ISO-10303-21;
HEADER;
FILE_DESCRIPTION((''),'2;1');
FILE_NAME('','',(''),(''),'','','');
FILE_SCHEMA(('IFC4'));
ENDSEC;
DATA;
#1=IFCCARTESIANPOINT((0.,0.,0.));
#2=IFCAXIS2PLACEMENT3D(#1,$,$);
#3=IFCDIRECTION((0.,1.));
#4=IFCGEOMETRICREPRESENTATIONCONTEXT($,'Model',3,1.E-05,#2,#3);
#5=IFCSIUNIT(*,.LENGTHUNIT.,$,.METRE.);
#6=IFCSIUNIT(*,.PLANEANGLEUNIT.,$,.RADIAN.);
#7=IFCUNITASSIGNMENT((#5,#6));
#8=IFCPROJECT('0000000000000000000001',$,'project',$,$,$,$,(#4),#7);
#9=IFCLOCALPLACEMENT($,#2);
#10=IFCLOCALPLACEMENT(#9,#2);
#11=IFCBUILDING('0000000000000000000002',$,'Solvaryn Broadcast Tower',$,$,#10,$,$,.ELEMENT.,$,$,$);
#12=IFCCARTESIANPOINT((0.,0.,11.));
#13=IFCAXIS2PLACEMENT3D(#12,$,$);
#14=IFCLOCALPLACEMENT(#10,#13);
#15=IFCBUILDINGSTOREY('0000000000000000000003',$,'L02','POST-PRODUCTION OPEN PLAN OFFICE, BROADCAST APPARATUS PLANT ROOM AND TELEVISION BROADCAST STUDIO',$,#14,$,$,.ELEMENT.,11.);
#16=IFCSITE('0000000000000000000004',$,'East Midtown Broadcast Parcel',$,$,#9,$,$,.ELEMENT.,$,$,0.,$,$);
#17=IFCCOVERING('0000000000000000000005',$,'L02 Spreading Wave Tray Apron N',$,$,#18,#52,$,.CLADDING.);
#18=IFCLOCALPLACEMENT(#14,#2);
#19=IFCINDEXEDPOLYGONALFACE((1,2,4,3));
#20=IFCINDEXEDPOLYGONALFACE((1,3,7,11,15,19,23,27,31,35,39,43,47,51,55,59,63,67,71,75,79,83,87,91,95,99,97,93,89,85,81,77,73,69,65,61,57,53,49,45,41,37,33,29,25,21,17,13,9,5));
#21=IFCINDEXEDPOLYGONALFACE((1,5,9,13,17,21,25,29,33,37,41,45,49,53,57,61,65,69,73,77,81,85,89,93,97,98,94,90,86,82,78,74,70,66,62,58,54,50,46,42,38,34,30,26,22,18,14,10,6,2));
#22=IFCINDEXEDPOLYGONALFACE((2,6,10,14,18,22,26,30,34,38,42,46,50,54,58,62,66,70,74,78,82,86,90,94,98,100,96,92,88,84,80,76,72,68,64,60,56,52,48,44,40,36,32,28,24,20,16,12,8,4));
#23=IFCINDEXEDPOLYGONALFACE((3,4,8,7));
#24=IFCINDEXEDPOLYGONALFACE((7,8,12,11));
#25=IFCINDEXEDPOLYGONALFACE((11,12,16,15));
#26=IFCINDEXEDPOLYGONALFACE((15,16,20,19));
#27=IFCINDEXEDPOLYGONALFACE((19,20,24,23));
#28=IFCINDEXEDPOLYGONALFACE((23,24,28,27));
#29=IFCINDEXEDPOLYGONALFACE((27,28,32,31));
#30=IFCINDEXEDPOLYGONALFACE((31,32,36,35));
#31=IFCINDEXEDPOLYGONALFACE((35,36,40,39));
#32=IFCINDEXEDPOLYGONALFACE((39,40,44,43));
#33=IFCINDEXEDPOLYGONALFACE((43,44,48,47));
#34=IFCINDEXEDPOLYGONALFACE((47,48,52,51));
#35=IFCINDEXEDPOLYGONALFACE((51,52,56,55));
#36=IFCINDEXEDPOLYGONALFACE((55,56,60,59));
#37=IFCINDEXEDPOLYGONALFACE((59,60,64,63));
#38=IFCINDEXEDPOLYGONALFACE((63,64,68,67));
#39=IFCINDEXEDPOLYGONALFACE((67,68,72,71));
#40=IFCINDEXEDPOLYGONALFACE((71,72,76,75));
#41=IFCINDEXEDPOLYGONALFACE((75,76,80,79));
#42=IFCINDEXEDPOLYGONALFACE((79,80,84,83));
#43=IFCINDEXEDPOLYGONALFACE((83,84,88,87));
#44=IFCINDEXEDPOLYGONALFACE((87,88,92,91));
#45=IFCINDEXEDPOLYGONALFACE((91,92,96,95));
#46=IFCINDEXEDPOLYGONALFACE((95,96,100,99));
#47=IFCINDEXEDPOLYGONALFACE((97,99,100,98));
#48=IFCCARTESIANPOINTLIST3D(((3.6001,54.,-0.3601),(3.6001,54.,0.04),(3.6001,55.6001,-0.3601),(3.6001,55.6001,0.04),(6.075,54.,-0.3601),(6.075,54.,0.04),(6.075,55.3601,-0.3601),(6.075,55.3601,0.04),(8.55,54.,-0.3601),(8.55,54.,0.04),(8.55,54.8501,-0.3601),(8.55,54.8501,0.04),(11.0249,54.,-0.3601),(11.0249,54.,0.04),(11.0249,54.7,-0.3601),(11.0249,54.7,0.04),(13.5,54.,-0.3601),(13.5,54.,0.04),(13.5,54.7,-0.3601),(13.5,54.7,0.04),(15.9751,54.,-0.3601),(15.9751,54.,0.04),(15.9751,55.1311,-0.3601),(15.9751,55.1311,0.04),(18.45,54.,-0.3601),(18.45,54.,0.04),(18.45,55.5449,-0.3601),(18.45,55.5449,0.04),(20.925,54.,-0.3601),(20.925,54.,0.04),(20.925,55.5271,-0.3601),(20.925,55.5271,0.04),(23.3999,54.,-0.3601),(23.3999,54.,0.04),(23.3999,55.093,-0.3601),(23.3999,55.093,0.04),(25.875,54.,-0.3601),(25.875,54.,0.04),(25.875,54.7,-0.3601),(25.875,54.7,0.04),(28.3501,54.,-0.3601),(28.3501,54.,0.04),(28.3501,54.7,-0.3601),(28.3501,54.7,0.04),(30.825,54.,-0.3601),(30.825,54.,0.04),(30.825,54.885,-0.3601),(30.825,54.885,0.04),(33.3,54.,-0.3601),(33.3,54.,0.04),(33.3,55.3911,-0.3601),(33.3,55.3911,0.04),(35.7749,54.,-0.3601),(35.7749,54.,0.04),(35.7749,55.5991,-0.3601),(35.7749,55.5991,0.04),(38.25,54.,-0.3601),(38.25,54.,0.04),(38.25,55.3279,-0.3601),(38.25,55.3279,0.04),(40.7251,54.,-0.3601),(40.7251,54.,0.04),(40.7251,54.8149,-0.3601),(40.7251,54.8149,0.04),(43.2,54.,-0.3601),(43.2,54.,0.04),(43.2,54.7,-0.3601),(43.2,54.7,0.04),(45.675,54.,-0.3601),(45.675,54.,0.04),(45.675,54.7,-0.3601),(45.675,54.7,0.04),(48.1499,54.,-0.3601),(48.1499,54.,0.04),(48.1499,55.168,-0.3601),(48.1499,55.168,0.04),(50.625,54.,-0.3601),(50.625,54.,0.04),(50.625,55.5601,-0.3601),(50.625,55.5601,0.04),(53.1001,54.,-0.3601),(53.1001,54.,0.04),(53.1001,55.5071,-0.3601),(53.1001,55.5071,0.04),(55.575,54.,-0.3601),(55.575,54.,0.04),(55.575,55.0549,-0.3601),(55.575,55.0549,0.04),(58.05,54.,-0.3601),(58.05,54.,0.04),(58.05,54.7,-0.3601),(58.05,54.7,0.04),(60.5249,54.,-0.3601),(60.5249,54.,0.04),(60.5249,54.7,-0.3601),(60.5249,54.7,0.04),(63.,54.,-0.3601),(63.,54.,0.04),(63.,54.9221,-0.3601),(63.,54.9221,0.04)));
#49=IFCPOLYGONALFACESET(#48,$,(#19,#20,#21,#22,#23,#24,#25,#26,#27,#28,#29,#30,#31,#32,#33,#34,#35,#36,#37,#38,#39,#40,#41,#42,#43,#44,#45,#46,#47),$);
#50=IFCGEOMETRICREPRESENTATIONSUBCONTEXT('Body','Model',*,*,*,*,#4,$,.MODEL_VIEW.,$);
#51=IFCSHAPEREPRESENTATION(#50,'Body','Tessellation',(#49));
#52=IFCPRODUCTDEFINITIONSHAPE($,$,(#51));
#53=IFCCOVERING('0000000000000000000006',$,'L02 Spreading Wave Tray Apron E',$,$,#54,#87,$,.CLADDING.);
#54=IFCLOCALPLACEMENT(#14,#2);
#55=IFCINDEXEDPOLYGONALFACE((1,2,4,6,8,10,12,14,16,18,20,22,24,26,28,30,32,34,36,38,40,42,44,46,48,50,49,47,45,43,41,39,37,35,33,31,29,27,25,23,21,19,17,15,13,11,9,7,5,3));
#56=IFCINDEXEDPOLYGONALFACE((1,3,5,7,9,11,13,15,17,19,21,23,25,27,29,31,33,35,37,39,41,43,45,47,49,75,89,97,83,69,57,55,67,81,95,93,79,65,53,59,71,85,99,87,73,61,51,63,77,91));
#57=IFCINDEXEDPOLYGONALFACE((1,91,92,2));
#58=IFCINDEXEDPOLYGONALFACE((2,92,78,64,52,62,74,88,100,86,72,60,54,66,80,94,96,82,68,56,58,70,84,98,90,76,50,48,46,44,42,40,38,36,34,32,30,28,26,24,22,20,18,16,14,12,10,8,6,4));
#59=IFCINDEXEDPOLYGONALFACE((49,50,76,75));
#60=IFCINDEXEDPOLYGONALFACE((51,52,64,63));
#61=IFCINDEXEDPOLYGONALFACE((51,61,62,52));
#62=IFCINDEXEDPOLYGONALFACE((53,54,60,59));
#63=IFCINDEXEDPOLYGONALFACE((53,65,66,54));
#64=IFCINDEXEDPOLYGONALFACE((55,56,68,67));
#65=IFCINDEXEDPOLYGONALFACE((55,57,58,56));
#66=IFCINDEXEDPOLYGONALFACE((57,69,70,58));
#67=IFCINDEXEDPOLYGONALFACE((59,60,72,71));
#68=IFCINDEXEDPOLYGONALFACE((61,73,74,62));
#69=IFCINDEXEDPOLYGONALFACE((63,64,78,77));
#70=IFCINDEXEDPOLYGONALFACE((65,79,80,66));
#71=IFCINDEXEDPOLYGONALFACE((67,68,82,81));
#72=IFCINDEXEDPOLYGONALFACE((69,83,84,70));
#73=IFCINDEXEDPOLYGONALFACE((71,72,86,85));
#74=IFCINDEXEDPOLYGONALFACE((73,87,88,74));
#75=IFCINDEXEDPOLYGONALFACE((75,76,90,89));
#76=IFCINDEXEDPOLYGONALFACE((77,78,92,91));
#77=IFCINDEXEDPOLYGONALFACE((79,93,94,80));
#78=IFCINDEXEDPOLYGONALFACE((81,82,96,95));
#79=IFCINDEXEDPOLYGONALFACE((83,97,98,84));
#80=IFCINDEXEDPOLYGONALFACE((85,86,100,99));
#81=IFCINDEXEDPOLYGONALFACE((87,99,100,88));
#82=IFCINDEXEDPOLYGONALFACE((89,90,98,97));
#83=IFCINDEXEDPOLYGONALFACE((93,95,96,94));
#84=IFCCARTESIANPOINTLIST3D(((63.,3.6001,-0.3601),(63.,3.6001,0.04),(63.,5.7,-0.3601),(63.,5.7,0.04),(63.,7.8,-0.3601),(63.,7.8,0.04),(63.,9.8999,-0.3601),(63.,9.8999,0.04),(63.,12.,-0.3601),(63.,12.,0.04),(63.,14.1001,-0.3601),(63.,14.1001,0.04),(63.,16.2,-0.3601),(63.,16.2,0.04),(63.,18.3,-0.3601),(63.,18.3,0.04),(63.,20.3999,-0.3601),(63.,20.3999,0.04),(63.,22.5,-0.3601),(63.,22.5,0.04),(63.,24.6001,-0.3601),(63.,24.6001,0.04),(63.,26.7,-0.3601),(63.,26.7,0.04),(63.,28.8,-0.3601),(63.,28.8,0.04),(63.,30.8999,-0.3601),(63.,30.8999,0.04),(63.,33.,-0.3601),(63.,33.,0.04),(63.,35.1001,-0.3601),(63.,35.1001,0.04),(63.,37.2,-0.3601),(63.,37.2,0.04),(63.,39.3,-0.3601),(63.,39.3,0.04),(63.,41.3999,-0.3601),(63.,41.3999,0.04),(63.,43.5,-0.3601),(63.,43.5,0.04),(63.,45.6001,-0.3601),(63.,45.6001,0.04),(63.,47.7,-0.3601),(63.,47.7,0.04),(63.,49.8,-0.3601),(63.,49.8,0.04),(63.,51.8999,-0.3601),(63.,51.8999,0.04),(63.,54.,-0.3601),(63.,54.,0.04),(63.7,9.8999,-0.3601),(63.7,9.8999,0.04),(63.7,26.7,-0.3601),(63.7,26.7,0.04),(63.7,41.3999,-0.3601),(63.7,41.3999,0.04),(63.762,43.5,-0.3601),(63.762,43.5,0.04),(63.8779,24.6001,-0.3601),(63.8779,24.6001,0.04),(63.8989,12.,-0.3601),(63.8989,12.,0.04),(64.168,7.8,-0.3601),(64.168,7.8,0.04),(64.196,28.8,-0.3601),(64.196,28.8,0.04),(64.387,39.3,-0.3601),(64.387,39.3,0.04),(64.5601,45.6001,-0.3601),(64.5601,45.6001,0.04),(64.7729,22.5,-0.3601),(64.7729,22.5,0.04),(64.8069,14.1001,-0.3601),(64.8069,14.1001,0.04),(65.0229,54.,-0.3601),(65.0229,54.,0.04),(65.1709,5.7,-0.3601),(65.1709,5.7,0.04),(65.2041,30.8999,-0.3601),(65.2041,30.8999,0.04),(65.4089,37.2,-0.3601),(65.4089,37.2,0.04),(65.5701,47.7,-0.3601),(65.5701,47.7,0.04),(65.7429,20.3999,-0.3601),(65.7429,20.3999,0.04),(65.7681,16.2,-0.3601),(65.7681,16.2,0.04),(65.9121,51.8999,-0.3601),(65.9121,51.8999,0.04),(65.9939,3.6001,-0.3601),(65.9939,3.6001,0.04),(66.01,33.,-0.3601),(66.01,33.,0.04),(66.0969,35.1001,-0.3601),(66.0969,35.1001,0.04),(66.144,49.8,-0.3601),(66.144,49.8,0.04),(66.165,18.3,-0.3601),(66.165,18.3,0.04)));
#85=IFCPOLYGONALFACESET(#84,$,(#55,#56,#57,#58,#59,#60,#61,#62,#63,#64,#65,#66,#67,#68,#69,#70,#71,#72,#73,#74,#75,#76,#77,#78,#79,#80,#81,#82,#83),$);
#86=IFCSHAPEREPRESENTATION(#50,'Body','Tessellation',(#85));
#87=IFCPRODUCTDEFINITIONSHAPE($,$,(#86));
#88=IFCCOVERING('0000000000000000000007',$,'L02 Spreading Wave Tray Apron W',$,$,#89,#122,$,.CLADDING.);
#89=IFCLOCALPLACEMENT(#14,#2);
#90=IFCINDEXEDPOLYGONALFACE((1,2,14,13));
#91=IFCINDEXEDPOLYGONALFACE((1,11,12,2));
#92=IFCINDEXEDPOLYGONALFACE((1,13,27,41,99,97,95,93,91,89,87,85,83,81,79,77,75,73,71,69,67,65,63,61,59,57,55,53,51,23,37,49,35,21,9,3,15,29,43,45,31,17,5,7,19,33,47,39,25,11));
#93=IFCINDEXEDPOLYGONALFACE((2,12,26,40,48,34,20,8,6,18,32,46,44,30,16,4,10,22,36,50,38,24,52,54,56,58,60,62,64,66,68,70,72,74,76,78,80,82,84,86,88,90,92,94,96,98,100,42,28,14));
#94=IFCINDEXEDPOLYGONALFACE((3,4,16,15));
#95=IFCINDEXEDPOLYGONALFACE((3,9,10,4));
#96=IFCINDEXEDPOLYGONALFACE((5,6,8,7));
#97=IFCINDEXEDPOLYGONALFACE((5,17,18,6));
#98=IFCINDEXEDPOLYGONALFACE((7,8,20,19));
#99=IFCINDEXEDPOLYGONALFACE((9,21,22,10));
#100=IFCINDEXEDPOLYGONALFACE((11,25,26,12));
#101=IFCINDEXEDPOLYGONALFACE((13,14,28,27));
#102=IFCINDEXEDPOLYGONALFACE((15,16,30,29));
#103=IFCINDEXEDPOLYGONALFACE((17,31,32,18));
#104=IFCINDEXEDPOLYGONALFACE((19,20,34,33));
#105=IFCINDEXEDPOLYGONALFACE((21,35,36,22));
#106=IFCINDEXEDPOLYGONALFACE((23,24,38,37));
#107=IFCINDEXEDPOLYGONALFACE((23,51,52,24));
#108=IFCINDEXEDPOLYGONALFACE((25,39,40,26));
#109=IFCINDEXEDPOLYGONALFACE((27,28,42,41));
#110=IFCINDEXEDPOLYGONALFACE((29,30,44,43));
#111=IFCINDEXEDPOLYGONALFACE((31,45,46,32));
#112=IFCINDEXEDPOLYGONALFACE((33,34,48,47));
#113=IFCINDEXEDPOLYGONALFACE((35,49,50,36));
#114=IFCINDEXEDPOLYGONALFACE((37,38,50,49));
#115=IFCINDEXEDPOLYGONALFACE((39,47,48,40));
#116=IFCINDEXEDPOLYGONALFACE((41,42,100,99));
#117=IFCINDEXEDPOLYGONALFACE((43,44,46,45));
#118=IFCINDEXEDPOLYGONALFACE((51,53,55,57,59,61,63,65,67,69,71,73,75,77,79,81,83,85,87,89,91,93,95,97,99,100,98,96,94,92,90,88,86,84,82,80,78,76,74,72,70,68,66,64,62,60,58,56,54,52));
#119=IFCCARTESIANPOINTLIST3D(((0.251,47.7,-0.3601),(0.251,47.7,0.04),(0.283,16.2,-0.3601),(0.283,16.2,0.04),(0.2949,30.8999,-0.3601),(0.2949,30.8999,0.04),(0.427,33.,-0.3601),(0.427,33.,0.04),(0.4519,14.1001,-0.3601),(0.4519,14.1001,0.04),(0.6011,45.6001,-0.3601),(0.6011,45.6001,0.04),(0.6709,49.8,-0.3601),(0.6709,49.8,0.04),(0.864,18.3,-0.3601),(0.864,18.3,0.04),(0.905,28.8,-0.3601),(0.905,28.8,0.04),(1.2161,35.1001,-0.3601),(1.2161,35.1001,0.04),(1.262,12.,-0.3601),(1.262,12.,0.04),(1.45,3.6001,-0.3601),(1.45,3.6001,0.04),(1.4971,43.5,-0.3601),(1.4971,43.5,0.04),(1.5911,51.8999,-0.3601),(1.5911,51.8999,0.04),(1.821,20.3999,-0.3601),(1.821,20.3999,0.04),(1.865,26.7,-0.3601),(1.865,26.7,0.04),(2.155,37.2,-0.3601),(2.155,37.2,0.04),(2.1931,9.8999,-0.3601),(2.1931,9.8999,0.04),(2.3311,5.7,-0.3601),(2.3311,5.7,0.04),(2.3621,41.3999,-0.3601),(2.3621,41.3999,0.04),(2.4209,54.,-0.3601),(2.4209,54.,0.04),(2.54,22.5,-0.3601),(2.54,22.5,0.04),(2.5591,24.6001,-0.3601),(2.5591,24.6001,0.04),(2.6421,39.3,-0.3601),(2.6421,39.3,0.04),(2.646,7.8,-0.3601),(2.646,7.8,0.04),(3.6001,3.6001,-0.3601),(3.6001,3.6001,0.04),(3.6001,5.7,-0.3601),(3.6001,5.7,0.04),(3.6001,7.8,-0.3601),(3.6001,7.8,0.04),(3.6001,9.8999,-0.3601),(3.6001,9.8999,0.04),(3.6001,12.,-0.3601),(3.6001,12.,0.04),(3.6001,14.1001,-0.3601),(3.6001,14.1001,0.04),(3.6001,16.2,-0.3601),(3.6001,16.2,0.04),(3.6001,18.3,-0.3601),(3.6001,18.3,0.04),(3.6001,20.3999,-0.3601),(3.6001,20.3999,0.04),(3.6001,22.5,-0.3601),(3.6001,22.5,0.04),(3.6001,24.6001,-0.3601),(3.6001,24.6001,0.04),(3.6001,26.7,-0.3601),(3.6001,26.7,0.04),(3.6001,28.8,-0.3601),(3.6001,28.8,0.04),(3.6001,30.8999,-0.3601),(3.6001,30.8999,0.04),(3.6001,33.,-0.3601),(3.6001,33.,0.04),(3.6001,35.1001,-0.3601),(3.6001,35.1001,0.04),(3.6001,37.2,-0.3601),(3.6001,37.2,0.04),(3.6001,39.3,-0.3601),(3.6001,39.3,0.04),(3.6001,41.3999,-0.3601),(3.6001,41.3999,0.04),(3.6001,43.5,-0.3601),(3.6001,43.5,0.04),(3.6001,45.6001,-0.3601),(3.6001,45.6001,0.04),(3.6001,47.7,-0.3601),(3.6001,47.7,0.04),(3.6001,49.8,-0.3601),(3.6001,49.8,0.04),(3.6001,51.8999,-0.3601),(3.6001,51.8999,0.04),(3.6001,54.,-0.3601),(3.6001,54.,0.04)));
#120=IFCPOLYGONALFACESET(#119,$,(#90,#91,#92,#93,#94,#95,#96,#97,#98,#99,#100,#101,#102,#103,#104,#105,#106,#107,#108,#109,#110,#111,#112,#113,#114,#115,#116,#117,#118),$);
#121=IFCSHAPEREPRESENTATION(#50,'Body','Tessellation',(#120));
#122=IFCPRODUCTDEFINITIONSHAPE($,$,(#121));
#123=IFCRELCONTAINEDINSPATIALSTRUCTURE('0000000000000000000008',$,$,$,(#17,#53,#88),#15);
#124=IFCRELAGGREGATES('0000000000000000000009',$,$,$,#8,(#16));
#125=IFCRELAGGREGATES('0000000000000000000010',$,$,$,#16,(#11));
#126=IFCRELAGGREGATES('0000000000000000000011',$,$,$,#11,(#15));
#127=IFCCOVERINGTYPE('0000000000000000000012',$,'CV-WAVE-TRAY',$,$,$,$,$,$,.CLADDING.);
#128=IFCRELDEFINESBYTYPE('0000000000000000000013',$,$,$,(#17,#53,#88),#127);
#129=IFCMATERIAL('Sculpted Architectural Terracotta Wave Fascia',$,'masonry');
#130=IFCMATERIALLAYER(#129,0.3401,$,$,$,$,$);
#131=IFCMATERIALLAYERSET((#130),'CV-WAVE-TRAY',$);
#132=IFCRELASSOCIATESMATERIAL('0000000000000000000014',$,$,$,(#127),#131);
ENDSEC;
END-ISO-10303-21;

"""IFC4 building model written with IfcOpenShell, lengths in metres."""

from ifc_helpers import new_model, si_unit, direction, frame, origin, place, context, subcontext, project, spatial, polyline, outline, extrude, material, layer, layer_set, type_object, element, save


model = new_model("IFC4")

# Units and contexts
model_context = context("Model", 3, precision=1e-05, world=origin(), true_north=direction((0.0, 1.0)))
body_context = subcontext(model_context, "Body", "Model", "MODEL_VIEW")
ifc_project = project(units=[si_unit("LENGTHUNIT", "METRE"), si_unit("PLANEANGLEUNIT", "RADIAN")], contexts=[model_context])

# Site, building, storey
site_placement = place(None, origin())
site = spatial("IfcSite", under=ifc_project, at=site_placement, Name="East Midtown Broadcast Parcel", CompositionType="ELEMENT", RefElevation=0.0)
building_placement = place(site_placement, origin())
building = spatial("IfcBuilding", under=site, at=building_placement, Name="Solvaryn Broadcast Tower", CompositionType="ELEMENT")
storey_placement = place(building_placement, frame((0.0, 0.0, 11.0)))
storey = spatial("IfcBuildingStorey", under=building, at=storey_placement, Name="L02", Description="POST-PRODUCTION OPEN PLAN OFFICE, BROADCAST APPARATUS PLANT ROOM AND TELEVISION BROADCAST STUDIO", CompositionType="ELEMENT", Elevation=11.0)

# Coverings
ifc_material_1 = material(Name="Sculpted Architectural Terracotta Wave Fascia", Category="masonry")
ifc_layer_1 = layer(ifc_material_1, 0.3401)
ifc_layer_set_1 = layer_set([ifc_layer_1], Name="CV-WAVE-TRAY")
covering_type_1 = type_object("IfcCoveringType", Name="CV-WAVE-TRAY", PredefinedType="CLADDING", material=ifc_layer_set_1)
covering_1_placement = place(storey_placement, frame((0.0, 0.0, -0.3601)))
element("IfcCovering", 1, at=covering_1_placement, inside=storey, type_object=covering_type_1, Name="L02 Spreading Wave Tray Apron N", PredefinedType="CLADDING", context=body_context, shape_type="SweptSolid", body=[
    extrude(outline(polyline([(3.6001, 54.0), (6.075, 54.0), (8.55, 54.0), (11.0249, 54.0), (13.5, 54.0), (15.9751, 54.0), (18.45, 54.0), (20.925, 54.0), (23.3999, 54.0), (25.875, 54.0), (28.3501, 54.0), (30.825, 54.0), (33.3, 54.0), (35.7749, 54.0), (38.25, 54.0), (40.7251, 54.0), (43.2, 54.0), (45.675, 54.0), (48.1499, 54.0), (50.625, 54.0), (53.1001, 54.0), (55.575, 54.0), (58.05, 54.0), (60.5249, 54.0), (63.0, 54.0), (63.0, 54.9221), (60.5249, 54.7), (58.05, 54.7), (55.575, 55.0549), (53.1001, 55.5071), (50.625, 55.5601), (48.1499, 55.168), (45.675, 54.7), (43.2, 54.7), (40.7251, 54.8149), (38.25, 55.3279), (35.7749, 55.5991), (33.3, 55.3911), (30.825, 54.885), (28.3501, 54.7), (25.875, 54.7), (23.3999, 55.093), (20.925, 55.5271), (18.45, 55.5449), (15.9751, 55.1311), (13.5, 54.7), (11.0249, 54.7), (8.55, 54.8501), (6.075, 55.3601), (3.6001, 55.6001), (3.6001, 54.0)])), origin(), (0.0, 0.0, 1.0), 0.4001),
])
covering_2_placement = place(storey_placement, frame((0.0, 0.0, -0.3601)))
element("IfcCovering", 2, at=covering_2_placement, inside=storey, type_object=covering_type_1, Name="L02 Spreading Wave Tray Apron E", PredefinedType="CLADDING", context=body_context, shape_type="SweptSolid", body=[
    extrude(outline(polyline([(65.9939, 3.6001), (65.1709, 5.7), (64.168, 7.8), (63.7, 9.8999), (63.8989, 12.0), (64.8069, 14.1001), (65.7681, 16.2), (66.165, 18.3), (65.7429, 20.3999), (64.7729, 22.5), (63.8779, 24.6001), (63.7, 26.7), (64.196, 28.8), (65.2041, 30.8999), (66.01, 33.0), (66.0969, 35.1001), (65.4089, 37.2), (64.387, 39.3), (63.7, 41.3999), (63.762, 43.5), (64.5601, 45.6001), (65.5701, 47.7), (66.144, 49.8), (65.9121, 51.8999), (65.0229, 54.0), (63.0, 54.0), (63.0, 51.8999), (63.0, 49.8), (63.0, 47.7), (63.0, 45.6001), (63.0, 43.5), (63.0, 41.3999), (63.0, 39.3), (63.0, 37.2), (63.0, 35.1001), (63.0, 33.0), (63.0, 30.8999), (63.0, 28.8), (63.0, 26.7), (63.0, 24.6001), (63.0, 22.5), (63.0, 20.3999), (63.0, 18.3), (63.0, 16.2), (63.0, 14.1001), (63.0, 12.0), (63.0, 9.8999), (63.0, 7.8), (63.0, 5.7), (63.0, 3.6001), (65.9939, 3.6001)])), origin(), (0.0, 0.0, 1.0), 0.4001),
])
covering_3_placement = place(storey_placement, frame((0.0, 0.0, -0.3601)))
element("IfcCovering", 3, at=covering_3_placement, inside=storey, type_object=covering_type_1, Name="L02 Spreading Wave Tray Apron W", PredefinedType="CLADDING", context=body_context, shape_type="SweptSolid", body=[
    extrude(outline(polyline([(3.6001, 3.6001), (3.6001, 5.7), (3.6001, 7.8), (3.6001, 9.8999), (3.6001, 12.0), (3.6001, 14.1001), (3.6001, 16.2), (3.6001, 18.3), (3.6001, 20.3999), (3.6001, 22.5), (3.6001, 24.6001), (3.6001, 26.7), (3.6001, 28.8), (3.6001, 30.8999), (3.6001, 33.0), (3.6001, 35.1001), (3.6001, 37.2), (3.6001, 39.3), (3.6001, 41.3999), (3.6001, 43.5), (3.6001, 45.6001), (3.6001, 47.7), (3.6001, 49.8), (3.6001, 51.8999), (3.6001, 54.0), (2.4209, 54.0), (1.5911, 51.8999), (0.6709, 49.8), (0.251, 47.7), (0.6011, 45.6001), (1.4971, 43.5), (2.3621, 41.3999), (2.6421, 39.3), (2.155, 37.2), (1.2161, 35.1001), (0.427, 33.0), (0.2949, 30.8999), (0.905, 28.8), (1.865, 26.7), (2.5591, 24.6001), (2.54, 22.5), (1.821, 20.3999), (0.864, 18.3), (0.283, 16.2), (0.4519, 14.1001), (1.262, 12.0), (2.1931, 9.8999), (2.646, 7.8), (2.3311, 5.7), (1.45, 3.6001), (3.6001, 3.6001)])), origin(), (0.0, 0.0, 1.0), 0.4001),
])

save(model, "model.ifc")
